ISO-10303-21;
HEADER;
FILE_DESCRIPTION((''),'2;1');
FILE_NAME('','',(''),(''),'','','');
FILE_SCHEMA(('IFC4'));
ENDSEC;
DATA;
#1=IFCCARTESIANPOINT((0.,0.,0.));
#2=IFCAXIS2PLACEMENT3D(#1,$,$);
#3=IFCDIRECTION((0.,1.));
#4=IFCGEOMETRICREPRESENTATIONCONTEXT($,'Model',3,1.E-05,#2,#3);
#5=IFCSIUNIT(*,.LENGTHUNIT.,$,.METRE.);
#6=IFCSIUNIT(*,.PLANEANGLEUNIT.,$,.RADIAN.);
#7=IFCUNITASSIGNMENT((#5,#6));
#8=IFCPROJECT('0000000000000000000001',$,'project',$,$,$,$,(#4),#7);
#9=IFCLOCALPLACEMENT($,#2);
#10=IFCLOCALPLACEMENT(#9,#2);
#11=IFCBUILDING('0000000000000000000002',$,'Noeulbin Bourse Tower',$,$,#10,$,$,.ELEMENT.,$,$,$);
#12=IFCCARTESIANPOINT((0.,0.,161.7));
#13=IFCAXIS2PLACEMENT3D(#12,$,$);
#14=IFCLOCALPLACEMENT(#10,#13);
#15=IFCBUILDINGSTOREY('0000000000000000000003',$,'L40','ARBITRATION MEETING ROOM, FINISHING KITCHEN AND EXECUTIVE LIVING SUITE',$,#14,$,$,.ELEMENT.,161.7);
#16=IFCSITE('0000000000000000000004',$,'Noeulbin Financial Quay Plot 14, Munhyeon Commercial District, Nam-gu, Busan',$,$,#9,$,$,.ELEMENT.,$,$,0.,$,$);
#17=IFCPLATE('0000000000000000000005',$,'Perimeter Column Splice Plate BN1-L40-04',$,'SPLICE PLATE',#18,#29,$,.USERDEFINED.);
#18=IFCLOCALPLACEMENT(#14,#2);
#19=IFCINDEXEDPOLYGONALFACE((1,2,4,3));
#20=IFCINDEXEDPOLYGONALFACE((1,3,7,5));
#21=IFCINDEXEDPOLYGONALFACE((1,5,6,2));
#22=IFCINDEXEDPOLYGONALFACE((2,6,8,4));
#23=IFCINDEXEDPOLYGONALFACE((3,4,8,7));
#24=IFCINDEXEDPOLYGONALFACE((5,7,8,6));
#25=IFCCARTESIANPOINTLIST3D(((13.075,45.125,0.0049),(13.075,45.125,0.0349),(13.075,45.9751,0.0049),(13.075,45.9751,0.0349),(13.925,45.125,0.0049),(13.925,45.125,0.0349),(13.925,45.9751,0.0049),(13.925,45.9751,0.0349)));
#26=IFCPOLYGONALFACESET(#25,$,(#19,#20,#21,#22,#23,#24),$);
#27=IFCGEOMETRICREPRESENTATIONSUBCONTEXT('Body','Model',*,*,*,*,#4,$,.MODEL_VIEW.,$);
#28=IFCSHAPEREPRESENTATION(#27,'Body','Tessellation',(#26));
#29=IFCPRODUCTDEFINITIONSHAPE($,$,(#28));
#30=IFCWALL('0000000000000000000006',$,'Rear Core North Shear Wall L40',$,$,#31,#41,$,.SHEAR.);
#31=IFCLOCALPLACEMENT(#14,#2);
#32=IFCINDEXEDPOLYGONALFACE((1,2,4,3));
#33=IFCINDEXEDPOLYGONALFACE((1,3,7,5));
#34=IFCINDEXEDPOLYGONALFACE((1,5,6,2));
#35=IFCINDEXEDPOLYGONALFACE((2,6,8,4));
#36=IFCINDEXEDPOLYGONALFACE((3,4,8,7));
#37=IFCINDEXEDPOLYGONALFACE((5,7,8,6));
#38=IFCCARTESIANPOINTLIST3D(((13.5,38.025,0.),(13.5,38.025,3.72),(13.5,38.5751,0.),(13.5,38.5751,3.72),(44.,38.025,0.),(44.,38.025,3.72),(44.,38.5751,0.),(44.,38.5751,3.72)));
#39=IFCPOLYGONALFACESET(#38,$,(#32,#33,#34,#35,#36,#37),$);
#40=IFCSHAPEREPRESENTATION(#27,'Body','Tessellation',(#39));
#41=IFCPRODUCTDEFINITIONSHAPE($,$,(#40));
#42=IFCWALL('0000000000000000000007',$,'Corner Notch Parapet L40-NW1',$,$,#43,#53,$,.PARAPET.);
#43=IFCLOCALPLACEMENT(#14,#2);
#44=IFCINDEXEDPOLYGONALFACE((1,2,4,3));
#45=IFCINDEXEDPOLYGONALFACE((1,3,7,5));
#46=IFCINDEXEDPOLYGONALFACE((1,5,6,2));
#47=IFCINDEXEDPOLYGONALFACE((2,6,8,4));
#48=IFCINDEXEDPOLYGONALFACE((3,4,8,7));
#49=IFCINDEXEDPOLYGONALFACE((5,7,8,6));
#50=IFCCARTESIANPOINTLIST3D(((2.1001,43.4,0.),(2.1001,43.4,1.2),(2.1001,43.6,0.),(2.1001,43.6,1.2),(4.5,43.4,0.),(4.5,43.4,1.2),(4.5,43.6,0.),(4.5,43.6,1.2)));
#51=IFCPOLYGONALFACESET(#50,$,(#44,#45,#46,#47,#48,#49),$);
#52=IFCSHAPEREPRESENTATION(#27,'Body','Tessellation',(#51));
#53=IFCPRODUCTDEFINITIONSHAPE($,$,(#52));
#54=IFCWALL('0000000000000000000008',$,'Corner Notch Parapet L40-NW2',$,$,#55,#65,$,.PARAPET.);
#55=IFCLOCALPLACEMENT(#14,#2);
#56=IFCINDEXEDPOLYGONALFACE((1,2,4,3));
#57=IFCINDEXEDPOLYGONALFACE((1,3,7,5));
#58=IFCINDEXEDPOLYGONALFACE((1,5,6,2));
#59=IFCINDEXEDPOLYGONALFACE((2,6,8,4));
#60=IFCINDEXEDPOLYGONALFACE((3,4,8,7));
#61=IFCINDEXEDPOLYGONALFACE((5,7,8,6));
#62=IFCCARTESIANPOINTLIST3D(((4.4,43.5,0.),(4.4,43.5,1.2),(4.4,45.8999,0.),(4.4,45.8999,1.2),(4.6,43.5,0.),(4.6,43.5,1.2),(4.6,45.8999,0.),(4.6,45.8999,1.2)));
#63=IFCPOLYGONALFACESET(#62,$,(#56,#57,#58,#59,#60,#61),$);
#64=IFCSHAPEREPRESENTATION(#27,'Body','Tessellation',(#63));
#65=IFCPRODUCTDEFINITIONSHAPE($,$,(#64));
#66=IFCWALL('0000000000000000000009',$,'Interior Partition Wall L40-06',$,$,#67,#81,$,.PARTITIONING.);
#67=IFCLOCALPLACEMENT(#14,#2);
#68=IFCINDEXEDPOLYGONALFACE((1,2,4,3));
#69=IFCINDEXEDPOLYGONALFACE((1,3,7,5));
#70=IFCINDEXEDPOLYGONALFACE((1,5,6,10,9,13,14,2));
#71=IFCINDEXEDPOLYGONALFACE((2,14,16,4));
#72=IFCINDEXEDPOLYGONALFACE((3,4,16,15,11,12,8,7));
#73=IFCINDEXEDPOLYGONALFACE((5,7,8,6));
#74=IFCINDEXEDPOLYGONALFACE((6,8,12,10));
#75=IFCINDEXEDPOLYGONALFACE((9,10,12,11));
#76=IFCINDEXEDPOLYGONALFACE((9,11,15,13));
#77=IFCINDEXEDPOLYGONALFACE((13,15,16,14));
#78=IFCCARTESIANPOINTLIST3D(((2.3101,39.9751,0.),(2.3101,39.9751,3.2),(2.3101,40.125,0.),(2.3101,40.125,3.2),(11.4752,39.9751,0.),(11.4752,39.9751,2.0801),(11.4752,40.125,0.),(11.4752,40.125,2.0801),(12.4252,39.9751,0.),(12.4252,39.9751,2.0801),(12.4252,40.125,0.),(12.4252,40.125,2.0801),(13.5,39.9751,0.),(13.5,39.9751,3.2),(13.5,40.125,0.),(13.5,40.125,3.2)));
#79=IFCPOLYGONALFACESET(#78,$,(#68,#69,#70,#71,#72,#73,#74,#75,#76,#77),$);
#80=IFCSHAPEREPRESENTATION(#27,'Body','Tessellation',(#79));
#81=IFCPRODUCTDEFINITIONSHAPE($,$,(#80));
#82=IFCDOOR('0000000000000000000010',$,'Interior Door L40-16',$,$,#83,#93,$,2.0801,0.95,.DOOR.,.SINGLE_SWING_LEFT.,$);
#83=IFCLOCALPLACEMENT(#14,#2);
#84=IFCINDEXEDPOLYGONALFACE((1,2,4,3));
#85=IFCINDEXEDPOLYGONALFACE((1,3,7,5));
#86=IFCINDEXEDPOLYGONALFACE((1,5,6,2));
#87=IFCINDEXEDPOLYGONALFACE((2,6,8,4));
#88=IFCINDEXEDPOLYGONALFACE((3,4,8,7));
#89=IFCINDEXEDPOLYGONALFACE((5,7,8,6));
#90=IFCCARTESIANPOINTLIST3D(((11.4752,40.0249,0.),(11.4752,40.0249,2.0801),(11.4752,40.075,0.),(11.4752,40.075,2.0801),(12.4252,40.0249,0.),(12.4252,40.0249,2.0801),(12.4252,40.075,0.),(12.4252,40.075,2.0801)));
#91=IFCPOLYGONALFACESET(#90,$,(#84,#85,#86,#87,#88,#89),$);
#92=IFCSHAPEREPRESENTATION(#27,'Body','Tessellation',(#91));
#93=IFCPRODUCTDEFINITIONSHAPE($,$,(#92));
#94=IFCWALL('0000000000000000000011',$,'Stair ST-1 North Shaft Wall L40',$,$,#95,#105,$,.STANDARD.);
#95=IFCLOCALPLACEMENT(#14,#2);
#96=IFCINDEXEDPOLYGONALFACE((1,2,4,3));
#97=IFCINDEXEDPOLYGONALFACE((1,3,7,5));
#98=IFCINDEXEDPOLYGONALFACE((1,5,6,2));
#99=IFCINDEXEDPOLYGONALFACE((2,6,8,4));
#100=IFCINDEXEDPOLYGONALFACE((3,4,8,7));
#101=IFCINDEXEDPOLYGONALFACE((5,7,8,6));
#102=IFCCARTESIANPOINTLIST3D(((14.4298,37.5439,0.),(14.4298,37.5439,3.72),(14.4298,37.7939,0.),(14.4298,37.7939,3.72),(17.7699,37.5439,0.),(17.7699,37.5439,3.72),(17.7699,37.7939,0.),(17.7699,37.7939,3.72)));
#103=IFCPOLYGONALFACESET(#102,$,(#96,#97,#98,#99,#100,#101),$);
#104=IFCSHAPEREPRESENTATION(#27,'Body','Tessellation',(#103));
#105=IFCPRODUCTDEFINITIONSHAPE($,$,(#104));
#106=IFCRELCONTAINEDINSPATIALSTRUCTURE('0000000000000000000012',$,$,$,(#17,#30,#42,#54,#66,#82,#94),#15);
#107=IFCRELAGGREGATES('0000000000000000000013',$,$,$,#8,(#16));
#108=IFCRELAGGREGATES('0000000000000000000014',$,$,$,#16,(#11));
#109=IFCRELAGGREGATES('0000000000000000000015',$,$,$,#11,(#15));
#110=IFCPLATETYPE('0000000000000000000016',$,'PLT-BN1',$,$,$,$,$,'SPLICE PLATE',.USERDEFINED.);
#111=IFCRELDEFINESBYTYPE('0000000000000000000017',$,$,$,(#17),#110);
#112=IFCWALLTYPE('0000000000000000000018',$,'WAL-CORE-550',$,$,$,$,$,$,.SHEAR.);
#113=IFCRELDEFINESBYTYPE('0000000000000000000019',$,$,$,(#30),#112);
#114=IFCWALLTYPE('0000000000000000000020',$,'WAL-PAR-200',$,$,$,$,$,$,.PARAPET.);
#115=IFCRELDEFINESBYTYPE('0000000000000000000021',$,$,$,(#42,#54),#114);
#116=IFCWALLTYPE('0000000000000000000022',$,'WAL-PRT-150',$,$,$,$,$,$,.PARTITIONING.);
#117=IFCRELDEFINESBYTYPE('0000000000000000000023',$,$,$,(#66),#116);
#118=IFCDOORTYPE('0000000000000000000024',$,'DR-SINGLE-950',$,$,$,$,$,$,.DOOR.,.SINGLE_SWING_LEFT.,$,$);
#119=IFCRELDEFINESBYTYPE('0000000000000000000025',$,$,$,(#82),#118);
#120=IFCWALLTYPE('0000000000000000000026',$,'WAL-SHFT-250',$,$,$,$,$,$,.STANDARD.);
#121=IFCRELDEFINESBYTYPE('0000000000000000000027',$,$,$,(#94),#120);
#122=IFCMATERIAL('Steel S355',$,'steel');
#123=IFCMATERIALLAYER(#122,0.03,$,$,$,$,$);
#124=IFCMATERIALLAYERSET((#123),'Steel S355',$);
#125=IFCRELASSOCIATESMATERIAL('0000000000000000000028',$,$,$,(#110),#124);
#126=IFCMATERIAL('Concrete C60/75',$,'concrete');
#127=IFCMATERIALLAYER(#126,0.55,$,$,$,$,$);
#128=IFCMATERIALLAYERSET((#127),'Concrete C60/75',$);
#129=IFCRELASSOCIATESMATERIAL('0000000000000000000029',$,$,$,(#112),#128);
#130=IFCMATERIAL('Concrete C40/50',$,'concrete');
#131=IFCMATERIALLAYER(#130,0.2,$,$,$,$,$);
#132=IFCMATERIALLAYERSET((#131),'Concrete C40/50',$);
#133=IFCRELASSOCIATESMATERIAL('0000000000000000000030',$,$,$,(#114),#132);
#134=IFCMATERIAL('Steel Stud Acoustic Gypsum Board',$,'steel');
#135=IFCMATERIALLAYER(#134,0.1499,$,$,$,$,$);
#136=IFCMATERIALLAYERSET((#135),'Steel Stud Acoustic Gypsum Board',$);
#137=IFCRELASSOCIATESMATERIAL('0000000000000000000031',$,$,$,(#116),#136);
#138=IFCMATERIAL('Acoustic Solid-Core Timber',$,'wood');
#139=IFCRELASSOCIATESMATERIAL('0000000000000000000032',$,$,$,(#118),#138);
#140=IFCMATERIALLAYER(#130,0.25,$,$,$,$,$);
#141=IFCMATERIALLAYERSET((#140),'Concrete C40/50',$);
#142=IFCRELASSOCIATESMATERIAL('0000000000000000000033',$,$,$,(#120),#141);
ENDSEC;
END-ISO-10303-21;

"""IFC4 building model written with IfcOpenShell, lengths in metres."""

from ifc_helpers import new_model, si_unit, direction, frame, frame_2d, origin, origin_2d, place, context, subcontext, project, spatial, rectangle, extrude, material, layer, layer_set, type_object, element, fill, save


model = new_model("IFC4")

# Units and contexts
model_context = context("Model", 3, precision=1e-05, world=origin(), true_north=direction((0.0, 1.0)))
body_context = subcontext(model_context, "Body", "Model", "MODEL_VIEW")
ifc_project = project(units=[si_unit("LENGTHUNIT", "METRE"), si_unit("PLANEANGLEUNIT", "RADIAN")], contexts=[model_context])

# Site, building, storey
site_placement = place(None, origin())
site = spatial("IfcSite", under=ifc_project, at=site_placement, Name="Noeulbin Financial Quay Plot 14, Munhyeon Commercial District, Nam-gu, Busan", CompositionType="ELEMENT", RefElevation=0.0)
building_placement = place(site_placement, origin())
building = spatial("IfcBuilding", under=site, at=building_placement, Name="Noeulbin Bourse Tower", CompositionType="ELEMENT")
storey_placement = place(building_placement, frame((0.0, 0.0, 161.7)))
storey = spatial("IfcBuildingStorey", under=building, at=storey_placement, Name="L40", Description="ARBITRATION MEETING ROOM, FINISHING KITCHEN AND EXECUTIVE LIVING SUITE", CompositionType="ELEMENT", Elevation=161.7)

# Shared definitions
ifc_material_1 = material(Name="Steel S355", Category="steel")

# Plate
ifc_layer_1 = layer(ifc_material_1, 0.03)
ifc_layer_set_1 = layer_set([ifc_layer_1], Name="Steel S355")
plate_type_1 = type_object("IfcPlateType", Name="PLT-BN1", ElementType="SPLICE PLATE", PredefinedType="USERDEFINED", material=ifc_layer_set_1)
for number, where, z_axis, x_axis, name in (
    (1, (13.5, 45.55, 0.0049), (0.0, 0.0, 1.0), (1.0, 0.0, 0.0), "Perimeter Column Splice Plate BN1-L40-04"),
):
    element("IfcPlate", number, at=place(storey_placement, frame(where, z_axis=z_axis, x_axis=x_axis)), inside=storey, type_object=plate_type_1, Name=name, ObjectType="SPLICE PLATE", PredefinedType="USERDEFINED", context=body_context, shape_type="SweptSolid", body=[
        extrude(rectangle(XDim=0.8501, YDim=0.8501, at=origin_2d()), origin(), (0.0, 0.0, 1.0), 0.03),
    ])

# Walls
ifc_material_2 = material(Name="Concrete C60/75", Category="concrete")
ifc_layer_2 = layer(ifc_material_2, 0.55)
ifc_layer_set_2 = layer_set([ifc_layer_2], Name="Concrete C60/75")
wall_type_1 = type_object("IfcWallType", Name="WAL-CORE-550", PredefinedType="SHEAR", material=ifc_layer_set_2)
wall_1_placement = place(storey_placement, frame((13.5, 38.3, 0.0), z_axis=(0.0, 0.0, 1.0), x_axis=(1.0, 0.0, 0.0)))
element("IfcWall", 2, at=wall_1_placement, inside=storey, type_object=wall_type_1, Name="Rear Core North Shear Wall L40", PredefinedType="SHEAR", context=body_context, shape_type="SweptSolid", body=[
    extrude(rectangle(XDim=30.5, YDim=0.55, at=frame_2d((15.25, 0.0))), origin(), (0.0, 0.0, 1.0), 3.72),
])
ifc_material_3 = material(Name="Concrete C40/50", Category="concrete")
ifc_layer_3 = layer(ifc_material_3, 0.2)
ifc_layer_set_3 = layer_set([ifc_layer_3], Name="Concrete C40/50")
wall_type_2 = type_object("IfcWallType", Name="WAL-PAR-200", PredefinedType="PARAPET", material=ifc_layer_set_3)
for number, where, z_axis, x_axis, name in (
    (3, (2.1001, 43.5, 0.0), (0.0, 0.0, 1.0), (1.0, 0.0, 0.0), "Corner Notch Parapet L40-NW1"),
    (4, (4.5, 43.5, 0.0), (0.0, 0.0, 1.0), (0.0, 1.0, 0.0), "Corner Notch Parapet L40-NW2"),
):
    element("IfcWall", number, at=place(storey_placement, frame(where, z_axis=z_axis, x_axis=x_axis)), inside=storey, type_object=wall_type_2, Name=name, PredefinedType="PARAPET", context=body_context, shape_type="SweptSolid", body=[
        extrude(rectangle(XDim=2.3999, YDim=0.2, at=frame_2d((1.2, 0.0))), origin(), (0.0, 0.0, 1.0), 1.2),
    ])

# Wall, opening, door
ifc_material_4 = material(Name="Steel Stud Acoustic Gypsum Board", Category="steel")
ifc_layer_4 = layer(ifc_material_4, 0.1499)
ifc_layer_set_4 = layer_set([ifc_layer_4], Name="Steel Stud Acoustic Gypsum Board")
wall_type_3 = type_object("IfcWallType", Name="WAL-PRT-150", PredefinedType="PARTITIONING", material=ifc_layer_set_4)
wall_2_placement = place(storey_placement, frame((2.3101, 40.05, 0.0), z_axis=(0.0, 0.0, 1.0), x_axis=(1.0, 0.0, 0.0)))
wall_2 = element("IfcWall", 5, at=wall_2_placement, inside=storey, type_object=wall_type_3, Name="Interior Partition Wall L40-06", PredefinedType="PARTITIONING", context=body_context, shape_type="SweptSolid", body=[
    extrude(rectangle(XDim=11.1899, YDim=0.1499, at=frame_2d((5.595, 0.0))), origin(), (0.0, 0.0, 1.0), 3.2),
])
opening_placement = place(wall_2_placement, frame((9.165, 0.0, 0.0)))
opening = element("IfcOpeningElement", 6, at=opening_placement, cuts=wall_2, PredefinedType="OPENING", context=body_context, shape_type="SweptSolid", body=[
    extrude(rectangle(XDim=0.95, YDim=2.0801, at=frame_2d((0.4751, 1.04))), frame((0.0, 0.085, 0.0), z_axis=(0.0, -1.0, 0.0), x_axis=(1.0, 0.0, 0.0)), (0.0, 0.0, 1.0), 0.1699),
])
ifc_material_5 = material(Name="Acoustic Solid-Core Timber", Category="wood")
door_type = type_object("IfcDoorType", Name="DR-SINGLE-950", OperationType="SINGLE_SWING_LEFT", PredefinedType="DOOR", material=ifc_material_5)
door_placement = place(opening_placement, origin())
door = element("IfcDoor", 7, at=door_placement, inside=storey, type_object=door_type, Name="Interior Door L40-16", OperationType="SINGLE_SWING_LEFT", OverallHeight=2.0801, OverallWidth=0.95, PredefinedType="DOOR", context=body_context, shape_type="SweptSolid", body=[
    extrude(rectangle(XDim=0.95, YDim=2.0801, at=frame_2d((0.4751, 1.04))), frame((0.0, 0.0249, 0.0), z_axis=(0.0, -1.0, 0.0), x_axis=(1.0, 0.0, 0.0)), (0.0, 0.0, 1.0), 0.05),
])
fill(opening, door)

# Wall
ifc_layer_5 = layer(ifc_material_3, 0.25)
ifc_layer_set_5 = layer_set([ifc_layer_5], Name="Concrete C40/50")
wall_type_4 = type_object("IfcWallType", Name="WAL-SHFT-250", PredefinedType="STANDARD", material=ifc_layer_set_5)
wall_3_placement = place(storey_placement, frame((14.4299, 37.6689, 0.0), z_axis=(0.0, 0.0, 1.0), x_axis=(1.0, 0.0, 0.0)))
element("IfcWall", 8, at=wall_3_placement, inside=storey, type_object=wall_type_4, Name="Stair ST-1 North Shaft Wall L40", PredefinedType="STANDARD", context=body_context, shape_type="SweptSolid", body=[
    extrude(rectangle(XDim=3.3401, YDim=0.25, at=frame_2d((1.6699, 0.0))), origin(), (0.0, 0.0, 1.0), 3.72),
])

save(model, "model.ifc")
